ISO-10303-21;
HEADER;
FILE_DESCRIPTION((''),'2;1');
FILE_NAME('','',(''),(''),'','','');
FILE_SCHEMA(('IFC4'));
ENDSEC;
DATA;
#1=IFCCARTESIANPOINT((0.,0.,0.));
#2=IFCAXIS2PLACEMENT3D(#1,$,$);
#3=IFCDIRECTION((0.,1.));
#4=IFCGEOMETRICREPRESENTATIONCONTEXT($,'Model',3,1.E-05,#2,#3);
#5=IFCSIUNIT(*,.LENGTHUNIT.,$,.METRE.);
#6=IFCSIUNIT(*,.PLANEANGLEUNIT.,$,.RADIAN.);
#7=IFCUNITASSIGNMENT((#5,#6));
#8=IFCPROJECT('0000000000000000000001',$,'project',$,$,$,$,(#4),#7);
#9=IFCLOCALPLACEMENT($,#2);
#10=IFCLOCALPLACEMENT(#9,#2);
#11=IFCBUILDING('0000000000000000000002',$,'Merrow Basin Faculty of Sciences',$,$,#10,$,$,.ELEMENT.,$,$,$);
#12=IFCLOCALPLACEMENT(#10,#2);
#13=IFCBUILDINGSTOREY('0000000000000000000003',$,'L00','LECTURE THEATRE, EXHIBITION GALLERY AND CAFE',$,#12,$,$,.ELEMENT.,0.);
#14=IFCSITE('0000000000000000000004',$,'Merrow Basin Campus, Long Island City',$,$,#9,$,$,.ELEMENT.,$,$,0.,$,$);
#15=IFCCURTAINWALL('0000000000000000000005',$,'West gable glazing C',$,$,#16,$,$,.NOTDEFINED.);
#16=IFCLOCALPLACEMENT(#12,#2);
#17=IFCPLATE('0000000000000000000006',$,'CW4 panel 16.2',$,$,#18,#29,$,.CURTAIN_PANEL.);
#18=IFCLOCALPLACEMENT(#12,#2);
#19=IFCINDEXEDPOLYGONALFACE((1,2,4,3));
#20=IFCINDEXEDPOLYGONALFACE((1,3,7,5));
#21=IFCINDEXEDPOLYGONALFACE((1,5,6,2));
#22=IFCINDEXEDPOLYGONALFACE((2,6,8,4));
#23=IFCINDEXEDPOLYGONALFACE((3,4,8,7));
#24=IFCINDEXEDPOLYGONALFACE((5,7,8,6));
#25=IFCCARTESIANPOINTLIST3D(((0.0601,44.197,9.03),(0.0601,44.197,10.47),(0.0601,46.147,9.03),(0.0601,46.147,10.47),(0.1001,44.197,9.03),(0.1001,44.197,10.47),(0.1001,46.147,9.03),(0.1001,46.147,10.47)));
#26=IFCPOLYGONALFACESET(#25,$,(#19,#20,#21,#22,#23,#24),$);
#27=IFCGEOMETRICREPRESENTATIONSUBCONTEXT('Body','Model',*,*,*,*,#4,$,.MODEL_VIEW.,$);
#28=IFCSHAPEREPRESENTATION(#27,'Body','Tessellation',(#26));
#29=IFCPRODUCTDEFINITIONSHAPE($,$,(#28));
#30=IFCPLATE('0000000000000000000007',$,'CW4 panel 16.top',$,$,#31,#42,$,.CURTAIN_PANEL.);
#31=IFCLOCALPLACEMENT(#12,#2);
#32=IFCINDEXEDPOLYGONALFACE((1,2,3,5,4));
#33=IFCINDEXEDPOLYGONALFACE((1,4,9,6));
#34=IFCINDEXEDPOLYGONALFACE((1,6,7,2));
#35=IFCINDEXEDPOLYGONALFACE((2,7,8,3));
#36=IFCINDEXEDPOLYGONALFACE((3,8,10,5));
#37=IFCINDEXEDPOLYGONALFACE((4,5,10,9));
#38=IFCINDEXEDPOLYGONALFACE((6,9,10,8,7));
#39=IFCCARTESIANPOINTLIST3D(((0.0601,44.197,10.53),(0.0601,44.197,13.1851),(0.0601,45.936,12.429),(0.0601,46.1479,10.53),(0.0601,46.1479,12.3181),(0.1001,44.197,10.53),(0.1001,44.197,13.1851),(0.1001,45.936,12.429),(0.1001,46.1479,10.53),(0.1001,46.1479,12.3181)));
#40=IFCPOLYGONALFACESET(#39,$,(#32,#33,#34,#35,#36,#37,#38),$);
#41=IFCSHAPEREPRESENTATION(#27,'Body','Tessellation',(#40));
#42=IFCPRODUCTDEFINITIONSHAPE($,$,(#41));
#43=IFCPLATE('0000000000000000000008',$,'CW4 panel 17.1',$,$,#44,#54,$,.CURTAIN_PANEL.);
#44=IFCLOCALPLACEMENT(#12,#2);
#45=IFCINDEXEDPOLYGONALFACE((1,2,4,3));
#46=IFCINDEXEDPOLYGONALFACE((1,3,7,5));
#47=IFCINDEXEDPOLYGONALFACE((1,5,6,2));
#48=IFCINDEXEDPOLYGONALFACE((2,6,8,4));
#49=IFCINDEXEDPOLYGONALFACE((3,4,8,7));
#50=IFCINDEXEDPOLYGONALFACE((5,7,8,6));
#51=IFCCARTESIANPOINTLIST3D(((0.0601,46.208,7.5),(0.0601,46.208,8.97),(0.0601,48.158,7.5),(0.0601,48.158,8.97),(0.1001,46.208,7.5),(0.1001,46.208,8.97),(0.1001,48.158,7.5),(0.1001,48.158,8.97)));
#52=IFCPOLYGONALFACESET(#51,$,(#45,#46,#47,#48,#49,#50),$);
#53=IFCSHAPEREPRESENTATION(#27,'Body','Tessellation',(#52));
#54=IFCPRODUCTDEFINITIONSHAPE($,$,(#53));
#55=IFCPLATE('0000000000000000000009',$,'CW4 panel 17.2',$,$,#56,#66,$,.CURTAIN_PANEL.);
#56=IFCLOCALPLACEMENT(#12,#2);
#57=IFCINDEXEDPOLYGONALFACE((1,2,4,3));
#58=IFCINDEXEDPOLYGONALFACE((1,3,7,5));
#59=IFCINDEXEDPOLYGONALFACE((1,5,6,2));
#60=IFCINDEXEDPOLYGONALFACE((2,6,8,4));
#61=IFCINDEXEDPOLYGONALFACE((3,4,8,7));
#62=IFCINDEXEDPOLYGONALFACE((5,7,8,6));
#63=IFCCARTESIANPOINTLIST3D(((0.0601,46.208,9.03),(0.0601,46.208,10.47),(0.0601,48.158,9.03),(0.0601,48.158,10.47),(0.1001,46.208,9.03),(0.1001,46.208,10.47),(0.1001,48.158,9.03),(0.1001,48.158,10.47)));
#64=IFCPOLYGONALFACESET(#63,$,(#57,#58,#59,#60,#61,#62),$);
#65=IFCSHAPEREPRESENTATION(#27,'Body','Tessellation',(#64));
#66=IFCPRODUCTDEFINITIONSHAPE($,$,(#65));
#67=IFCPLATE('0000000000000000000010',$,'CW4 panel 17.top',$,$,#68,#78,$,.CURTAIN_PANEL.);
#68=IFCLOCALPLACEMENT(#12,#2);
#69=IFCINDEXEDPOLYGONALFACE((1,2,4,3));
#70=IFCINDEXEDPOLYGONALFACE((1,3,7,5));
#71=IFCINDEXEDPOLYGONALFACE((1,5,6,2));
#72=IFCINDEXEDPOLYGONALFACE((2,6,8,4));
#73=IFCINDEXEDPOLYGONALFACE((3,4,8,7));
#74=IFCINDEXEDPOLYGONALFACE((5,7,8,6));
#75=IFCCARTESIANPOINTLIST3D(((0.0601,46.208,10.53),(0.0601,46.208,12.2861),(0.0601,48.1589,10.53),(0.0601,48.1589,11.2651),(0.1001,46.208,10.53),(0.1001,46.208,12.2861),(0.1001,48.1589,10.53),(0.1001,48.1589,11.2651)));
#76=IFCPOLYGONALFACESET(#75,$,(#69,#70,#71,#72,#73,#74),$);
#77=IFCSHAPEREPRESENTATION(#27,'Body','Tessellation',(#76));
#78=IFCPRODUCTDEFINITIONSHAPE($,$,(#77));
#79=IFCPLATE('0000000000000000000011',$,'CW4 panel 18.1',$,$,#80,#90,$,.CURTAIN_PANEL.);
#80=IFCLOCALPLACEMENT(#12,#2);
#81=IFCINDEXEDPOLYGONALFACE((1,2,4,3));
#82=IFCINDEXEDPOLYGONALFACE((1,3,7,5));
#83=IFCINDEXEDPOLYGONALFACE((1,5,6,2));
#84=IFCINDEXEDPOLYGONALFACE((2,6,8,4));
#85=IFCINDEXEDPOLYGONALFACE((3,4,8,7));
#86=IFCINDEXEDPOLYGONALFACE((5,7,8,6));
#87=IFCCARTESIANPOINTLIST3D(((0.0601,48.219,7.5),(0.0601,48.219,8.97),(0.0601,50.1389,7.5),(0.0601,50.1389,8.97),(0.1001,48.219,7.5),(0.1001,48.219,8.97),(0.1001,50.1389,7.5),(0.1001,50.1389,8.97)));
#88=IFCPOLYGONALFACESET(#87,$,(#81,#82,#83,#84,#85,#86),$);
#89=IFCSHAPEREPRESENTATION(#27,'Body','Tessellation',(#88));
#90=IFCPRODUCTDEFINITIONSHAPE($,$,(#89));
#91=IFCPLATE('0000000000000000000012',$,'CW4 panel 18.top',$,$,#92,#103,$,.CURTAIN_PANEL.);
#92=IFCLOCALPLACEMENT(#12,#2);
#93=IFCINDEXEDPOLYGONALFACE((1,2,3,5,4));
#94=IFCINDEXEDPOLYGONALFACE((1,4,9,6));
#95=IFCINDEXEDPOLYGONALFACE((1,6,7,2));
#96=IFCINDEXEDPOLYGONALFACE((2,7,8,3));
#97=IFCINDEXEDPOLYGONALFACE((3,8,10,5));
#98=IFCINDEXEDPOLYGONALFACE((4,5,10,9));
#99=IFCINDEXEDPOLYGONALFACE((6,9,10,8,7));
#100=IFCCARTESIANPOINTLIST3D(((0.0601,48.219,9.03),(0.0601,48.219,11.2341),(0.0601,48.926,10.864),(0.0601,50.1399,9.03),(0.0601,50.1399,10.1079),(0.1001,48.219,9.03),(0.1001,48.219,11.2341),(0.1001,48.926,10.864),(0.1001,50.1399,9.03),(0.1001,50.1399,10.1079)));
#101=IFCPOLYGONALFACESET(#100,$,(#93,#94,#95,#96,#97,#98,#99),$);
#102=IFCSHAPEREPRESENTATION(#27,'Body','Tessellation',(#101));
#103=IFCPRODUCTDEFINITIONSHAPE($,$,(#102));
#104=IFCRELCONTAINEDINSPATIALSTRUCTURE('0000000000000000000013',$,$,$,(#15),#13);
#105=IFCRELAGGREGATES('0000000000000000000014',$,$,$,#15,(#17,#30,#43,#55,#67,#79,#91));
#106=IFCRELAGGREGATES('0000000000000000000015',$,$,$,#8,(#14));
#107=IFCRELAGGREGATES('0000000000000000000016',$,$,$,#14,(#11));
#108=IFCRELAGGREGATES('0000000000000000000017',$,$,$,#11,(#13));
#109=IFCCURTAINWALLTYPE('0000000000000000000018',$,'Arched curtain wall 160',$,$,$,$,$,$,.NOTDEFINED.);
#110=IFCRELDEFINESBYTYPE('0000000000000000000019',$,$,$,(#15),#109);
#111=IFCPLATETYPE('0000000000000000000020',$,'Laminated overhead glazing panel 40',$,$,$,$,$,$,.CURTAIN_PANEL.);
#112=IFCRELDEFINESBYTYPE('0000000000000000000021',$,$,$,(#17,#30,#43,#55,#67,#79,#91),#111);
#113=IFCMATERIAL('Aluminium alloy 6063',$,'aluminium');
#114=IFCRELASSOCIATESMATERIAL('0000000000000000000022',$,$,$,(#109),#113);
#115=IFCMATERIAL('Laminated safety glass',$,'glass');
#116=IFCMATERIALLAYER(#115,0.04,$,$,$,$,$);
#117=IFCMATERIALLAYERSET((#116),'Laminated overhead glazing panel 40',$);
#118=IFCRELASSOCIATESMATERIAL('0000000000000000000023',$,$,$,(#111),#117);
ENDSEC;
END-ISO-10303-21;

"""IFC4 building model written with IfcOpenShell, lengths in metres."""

from ifc_helpers import new_model, si_unit, direction, frame, origin, place, context, subcontext, project, spatial, polyline, outline, extrude, material, layer, layer_set, type_object, element, aggregate, save


model = new_model("IFC4")

# Units and contexts
model_context = context("Model", 3, precision=1e-05, world=origin(), true_north=direction((0.0, 1.0)))
body_context = subcontext(model_context, "Body", "Model", "MODEL_VIEW")
ifc_project = project(units=[si_unit("LENGTHUNIT", "METRE"), si_unit("PLANEANGLEUNIT", "RADIAN")], contexts=[model_context])

# Site, building, storey
site_placement = place(None, origin())
site = spatial("IfcSite", under=ifc_project, at=site_placement, Name="Merrow Basin Campus, Long Island City", CompositionType="ELEMENT", RefElevation=0.0)
building_placement = place(site_placement, origin())
building = spatial("IfcBuilding", under=site, at=building_placement, Name="Merrow Basin Faculty of Sciences", CompositionType="ELEMENT")
storey_placement = place(building_placement, origin())
storey = spatial("IfcBuildingStorey", under=building, at=storey_placement, Name="L00", Description="LECTURE THEATRE, EXHIBITION GALLERY AND CAFE", CompositionType="ELEMENT", Elevation=0.0)

# Curtain wall, plates
ifc_material_1 = material(Name="Aluminium alloy 6063", Category="aluminium")
curtain_wall_type = type_object("IfcCurtainWallType", Name="Arched curtain wall 160", PredefinedType="NOTDEFINED", material=ifc_material_1)
curtain_wall_placement = place(storey_placement, origin())
curtain_wall = element("IfcCurtainWall", 1, at=curtain_wall_placement, inside=storey, type_object=curtain_wall_type, Name="West gable glazing C", PredefinedType="NOTDEFINED")
ifc_material_2 = material(Name="Laminated safety glass", Category="glass")
ifc_layer = layer(ifc_material_2, 0.04)
ifc_layer_set = layer_set([ifc_layer], Name="Laminated overhead glazing panel 40")
plate_type = type_object("IfcPlateType", Name="Laminated overhead glazing panel 40", PredefinedType="CURTAIN_PANEL", material=ifc_layer_set)
plate_1_placement = place(storey_placement, frame((0.0601, 44.197, 9.03), z_axis=(1.0, 0.0, 0.0), x_axis=(0.0, 1.0, 0.0)))
plate_1 = element("IfcPlate", 2, at=plate_1_placement, type_object=plate_type, Name="CW4 panel 16.2", PredefinedType="CURTAIN_PANEL", context=body_context, shape_type="SweptSolid", body=[
    extrude(outline(polyline([(0.0, 0.0), (1.95, 0.0), (1.95, 1.4399), (0.0, 1.4399), (0.0, 0.0)])), origin(), (0.0, 0.0, 1.0), 0.04),
])
plate_2_placement = place(storey_placement, frame((0.0601, 44.197, 10.53), z_axis=(1.0, 0.0, 0.0), x_axis=(0.0, 1.0, 0.0)))
plate_2 = element("IfcPlate", 3, at=plate_2_placement, type_object=plate_type, Name="CW4 panel 16.top", PredefinedType="CURTAIN_PANEL", context=body_context, shape_type="SweptSolid", body=[
    extrude(outline(polyline([(0.0, 0.0), (1.9509, 0.0), (1.9509, 1.7881), (1.739, 1.8989), (0.0, 2.655), (0.0, 0.0)])), origin(), (0.0, 0.0, 1.0), 0.04),
])
plate_3_placement = place(storey_placement, frame((0.0601, 46.208, 7.5), z_axis=(1.0, 0.0, 0.0), x_axis=(0.0, 1.0, 0.0)))
plate_3 = element("IfcPlate", 4, at=plate_3_placement, type_object=plate_type, Name="CW4 panel 17.1", PredefinedType="CURTAIN_PANEL", context=body_context, shape_type="SweptSolid", body=[
    extrude(outline(polyline([(0.0, 0.0), (1.95, 0.0), (1.95, 1.47), (0.0, 1.47), (0.0, 0.0)])), origin(), (0.0, 0.0, 1.0), 0.04),
])
plate_4_placement = place(storey_placement, frame((0.0601, 46.208, 9.03), z_axis=(1.0, 0.0, 0.0), x_axis=(0.0, 1.0, 0.0)))
plate_4 = element("IfcPlate", 5, at=plate_4_placement, type_object=plate_type, Name="CW4 panel 17.2", PredefinedType="CURTAIN_PANEL", context=body_context, shape_type="SweptSolid", body=[
    extrude(outline(polyline([(0.0, 0.0), (1.95, 0.0), (1.95, 1.4399), (0.0, 1.4399), (0.0, 0.0)])), origin(), (0.0, 0.0, 1.0), 0.04),
])
plate_5_placement = place(storey_placement, frame((0.0601, 46.208, 10.53), z_axis=(1.0, 0.0, 0.0), x_axis=(0.0, 1.0, 0.0)))
plate_5 = element("IfcPlate", 6, at=plate_5_placement, type_object=plate_type, Name="CW4 panel 17.top", PredefinedType="CURTAIN_PANEL", context=body_context, shape_type="SweptSolid", body=[
    extrude(outline(polyline([(0.0, 0.0), (1.9509, 0.0), (1.9509, 0.7351), (0.0, 1.7561), (0.0, 0.0)])), origin(), (0.0, 0.0, 1.0), 0.04),
])
plate_6_placement = place(storey_placement, frame((0.0601, 48.219, 7.5), z_axis=(1.0, 0.0, 0.0), x_axis=(0.0, 1.0, 0.0)))
plate_6 = element("IfcPlate", 7, at=plate_6_placement, type_object=plate_type, Name="CW4 panel 18.1", PredefinedType="CURTAIN_PANEL", context=body_context, shape_type="SweptSolid", body=[
    extrude(outline(polyline([(0.0, 0.0), (1.9199, 0.0), (1.9199, 1.47), (0.0, 1.47), (0.0, 0.0)])), origin(), (0.0, 0.0, 1.0), 0.04),
])
plate_7_placement = place(storey_placement, frame((0.0601, 48.219, 9.03), z_axis=(1.0, 0.0, 0.0), x_axis=(0.0, 1.0, 0.0)))
plate_7 = element("IfcPlate", 8, at=plate_7_placement, type_object=plate_type, Name="CW4 panel 18.top", PredefinedType="CURTAIN_PANEL", context=body_context, shape_type="SweptSolid", body=[
    extrude(outline(polyline([(0.0, 0.0), (1.9209, 0.0), (1.9209, 1.0779), (0.707, 1.834), (0.0, 2.2041), (0.0, 0.0)])), origin(), (0.0, 0.0, 1.0), 0.04),
])
aggregate(curtain_wall, [plate_1, plate_2, plate_3, plate_4, plate_5, plate_6, plate_7])

save(model, "model.ifc")
